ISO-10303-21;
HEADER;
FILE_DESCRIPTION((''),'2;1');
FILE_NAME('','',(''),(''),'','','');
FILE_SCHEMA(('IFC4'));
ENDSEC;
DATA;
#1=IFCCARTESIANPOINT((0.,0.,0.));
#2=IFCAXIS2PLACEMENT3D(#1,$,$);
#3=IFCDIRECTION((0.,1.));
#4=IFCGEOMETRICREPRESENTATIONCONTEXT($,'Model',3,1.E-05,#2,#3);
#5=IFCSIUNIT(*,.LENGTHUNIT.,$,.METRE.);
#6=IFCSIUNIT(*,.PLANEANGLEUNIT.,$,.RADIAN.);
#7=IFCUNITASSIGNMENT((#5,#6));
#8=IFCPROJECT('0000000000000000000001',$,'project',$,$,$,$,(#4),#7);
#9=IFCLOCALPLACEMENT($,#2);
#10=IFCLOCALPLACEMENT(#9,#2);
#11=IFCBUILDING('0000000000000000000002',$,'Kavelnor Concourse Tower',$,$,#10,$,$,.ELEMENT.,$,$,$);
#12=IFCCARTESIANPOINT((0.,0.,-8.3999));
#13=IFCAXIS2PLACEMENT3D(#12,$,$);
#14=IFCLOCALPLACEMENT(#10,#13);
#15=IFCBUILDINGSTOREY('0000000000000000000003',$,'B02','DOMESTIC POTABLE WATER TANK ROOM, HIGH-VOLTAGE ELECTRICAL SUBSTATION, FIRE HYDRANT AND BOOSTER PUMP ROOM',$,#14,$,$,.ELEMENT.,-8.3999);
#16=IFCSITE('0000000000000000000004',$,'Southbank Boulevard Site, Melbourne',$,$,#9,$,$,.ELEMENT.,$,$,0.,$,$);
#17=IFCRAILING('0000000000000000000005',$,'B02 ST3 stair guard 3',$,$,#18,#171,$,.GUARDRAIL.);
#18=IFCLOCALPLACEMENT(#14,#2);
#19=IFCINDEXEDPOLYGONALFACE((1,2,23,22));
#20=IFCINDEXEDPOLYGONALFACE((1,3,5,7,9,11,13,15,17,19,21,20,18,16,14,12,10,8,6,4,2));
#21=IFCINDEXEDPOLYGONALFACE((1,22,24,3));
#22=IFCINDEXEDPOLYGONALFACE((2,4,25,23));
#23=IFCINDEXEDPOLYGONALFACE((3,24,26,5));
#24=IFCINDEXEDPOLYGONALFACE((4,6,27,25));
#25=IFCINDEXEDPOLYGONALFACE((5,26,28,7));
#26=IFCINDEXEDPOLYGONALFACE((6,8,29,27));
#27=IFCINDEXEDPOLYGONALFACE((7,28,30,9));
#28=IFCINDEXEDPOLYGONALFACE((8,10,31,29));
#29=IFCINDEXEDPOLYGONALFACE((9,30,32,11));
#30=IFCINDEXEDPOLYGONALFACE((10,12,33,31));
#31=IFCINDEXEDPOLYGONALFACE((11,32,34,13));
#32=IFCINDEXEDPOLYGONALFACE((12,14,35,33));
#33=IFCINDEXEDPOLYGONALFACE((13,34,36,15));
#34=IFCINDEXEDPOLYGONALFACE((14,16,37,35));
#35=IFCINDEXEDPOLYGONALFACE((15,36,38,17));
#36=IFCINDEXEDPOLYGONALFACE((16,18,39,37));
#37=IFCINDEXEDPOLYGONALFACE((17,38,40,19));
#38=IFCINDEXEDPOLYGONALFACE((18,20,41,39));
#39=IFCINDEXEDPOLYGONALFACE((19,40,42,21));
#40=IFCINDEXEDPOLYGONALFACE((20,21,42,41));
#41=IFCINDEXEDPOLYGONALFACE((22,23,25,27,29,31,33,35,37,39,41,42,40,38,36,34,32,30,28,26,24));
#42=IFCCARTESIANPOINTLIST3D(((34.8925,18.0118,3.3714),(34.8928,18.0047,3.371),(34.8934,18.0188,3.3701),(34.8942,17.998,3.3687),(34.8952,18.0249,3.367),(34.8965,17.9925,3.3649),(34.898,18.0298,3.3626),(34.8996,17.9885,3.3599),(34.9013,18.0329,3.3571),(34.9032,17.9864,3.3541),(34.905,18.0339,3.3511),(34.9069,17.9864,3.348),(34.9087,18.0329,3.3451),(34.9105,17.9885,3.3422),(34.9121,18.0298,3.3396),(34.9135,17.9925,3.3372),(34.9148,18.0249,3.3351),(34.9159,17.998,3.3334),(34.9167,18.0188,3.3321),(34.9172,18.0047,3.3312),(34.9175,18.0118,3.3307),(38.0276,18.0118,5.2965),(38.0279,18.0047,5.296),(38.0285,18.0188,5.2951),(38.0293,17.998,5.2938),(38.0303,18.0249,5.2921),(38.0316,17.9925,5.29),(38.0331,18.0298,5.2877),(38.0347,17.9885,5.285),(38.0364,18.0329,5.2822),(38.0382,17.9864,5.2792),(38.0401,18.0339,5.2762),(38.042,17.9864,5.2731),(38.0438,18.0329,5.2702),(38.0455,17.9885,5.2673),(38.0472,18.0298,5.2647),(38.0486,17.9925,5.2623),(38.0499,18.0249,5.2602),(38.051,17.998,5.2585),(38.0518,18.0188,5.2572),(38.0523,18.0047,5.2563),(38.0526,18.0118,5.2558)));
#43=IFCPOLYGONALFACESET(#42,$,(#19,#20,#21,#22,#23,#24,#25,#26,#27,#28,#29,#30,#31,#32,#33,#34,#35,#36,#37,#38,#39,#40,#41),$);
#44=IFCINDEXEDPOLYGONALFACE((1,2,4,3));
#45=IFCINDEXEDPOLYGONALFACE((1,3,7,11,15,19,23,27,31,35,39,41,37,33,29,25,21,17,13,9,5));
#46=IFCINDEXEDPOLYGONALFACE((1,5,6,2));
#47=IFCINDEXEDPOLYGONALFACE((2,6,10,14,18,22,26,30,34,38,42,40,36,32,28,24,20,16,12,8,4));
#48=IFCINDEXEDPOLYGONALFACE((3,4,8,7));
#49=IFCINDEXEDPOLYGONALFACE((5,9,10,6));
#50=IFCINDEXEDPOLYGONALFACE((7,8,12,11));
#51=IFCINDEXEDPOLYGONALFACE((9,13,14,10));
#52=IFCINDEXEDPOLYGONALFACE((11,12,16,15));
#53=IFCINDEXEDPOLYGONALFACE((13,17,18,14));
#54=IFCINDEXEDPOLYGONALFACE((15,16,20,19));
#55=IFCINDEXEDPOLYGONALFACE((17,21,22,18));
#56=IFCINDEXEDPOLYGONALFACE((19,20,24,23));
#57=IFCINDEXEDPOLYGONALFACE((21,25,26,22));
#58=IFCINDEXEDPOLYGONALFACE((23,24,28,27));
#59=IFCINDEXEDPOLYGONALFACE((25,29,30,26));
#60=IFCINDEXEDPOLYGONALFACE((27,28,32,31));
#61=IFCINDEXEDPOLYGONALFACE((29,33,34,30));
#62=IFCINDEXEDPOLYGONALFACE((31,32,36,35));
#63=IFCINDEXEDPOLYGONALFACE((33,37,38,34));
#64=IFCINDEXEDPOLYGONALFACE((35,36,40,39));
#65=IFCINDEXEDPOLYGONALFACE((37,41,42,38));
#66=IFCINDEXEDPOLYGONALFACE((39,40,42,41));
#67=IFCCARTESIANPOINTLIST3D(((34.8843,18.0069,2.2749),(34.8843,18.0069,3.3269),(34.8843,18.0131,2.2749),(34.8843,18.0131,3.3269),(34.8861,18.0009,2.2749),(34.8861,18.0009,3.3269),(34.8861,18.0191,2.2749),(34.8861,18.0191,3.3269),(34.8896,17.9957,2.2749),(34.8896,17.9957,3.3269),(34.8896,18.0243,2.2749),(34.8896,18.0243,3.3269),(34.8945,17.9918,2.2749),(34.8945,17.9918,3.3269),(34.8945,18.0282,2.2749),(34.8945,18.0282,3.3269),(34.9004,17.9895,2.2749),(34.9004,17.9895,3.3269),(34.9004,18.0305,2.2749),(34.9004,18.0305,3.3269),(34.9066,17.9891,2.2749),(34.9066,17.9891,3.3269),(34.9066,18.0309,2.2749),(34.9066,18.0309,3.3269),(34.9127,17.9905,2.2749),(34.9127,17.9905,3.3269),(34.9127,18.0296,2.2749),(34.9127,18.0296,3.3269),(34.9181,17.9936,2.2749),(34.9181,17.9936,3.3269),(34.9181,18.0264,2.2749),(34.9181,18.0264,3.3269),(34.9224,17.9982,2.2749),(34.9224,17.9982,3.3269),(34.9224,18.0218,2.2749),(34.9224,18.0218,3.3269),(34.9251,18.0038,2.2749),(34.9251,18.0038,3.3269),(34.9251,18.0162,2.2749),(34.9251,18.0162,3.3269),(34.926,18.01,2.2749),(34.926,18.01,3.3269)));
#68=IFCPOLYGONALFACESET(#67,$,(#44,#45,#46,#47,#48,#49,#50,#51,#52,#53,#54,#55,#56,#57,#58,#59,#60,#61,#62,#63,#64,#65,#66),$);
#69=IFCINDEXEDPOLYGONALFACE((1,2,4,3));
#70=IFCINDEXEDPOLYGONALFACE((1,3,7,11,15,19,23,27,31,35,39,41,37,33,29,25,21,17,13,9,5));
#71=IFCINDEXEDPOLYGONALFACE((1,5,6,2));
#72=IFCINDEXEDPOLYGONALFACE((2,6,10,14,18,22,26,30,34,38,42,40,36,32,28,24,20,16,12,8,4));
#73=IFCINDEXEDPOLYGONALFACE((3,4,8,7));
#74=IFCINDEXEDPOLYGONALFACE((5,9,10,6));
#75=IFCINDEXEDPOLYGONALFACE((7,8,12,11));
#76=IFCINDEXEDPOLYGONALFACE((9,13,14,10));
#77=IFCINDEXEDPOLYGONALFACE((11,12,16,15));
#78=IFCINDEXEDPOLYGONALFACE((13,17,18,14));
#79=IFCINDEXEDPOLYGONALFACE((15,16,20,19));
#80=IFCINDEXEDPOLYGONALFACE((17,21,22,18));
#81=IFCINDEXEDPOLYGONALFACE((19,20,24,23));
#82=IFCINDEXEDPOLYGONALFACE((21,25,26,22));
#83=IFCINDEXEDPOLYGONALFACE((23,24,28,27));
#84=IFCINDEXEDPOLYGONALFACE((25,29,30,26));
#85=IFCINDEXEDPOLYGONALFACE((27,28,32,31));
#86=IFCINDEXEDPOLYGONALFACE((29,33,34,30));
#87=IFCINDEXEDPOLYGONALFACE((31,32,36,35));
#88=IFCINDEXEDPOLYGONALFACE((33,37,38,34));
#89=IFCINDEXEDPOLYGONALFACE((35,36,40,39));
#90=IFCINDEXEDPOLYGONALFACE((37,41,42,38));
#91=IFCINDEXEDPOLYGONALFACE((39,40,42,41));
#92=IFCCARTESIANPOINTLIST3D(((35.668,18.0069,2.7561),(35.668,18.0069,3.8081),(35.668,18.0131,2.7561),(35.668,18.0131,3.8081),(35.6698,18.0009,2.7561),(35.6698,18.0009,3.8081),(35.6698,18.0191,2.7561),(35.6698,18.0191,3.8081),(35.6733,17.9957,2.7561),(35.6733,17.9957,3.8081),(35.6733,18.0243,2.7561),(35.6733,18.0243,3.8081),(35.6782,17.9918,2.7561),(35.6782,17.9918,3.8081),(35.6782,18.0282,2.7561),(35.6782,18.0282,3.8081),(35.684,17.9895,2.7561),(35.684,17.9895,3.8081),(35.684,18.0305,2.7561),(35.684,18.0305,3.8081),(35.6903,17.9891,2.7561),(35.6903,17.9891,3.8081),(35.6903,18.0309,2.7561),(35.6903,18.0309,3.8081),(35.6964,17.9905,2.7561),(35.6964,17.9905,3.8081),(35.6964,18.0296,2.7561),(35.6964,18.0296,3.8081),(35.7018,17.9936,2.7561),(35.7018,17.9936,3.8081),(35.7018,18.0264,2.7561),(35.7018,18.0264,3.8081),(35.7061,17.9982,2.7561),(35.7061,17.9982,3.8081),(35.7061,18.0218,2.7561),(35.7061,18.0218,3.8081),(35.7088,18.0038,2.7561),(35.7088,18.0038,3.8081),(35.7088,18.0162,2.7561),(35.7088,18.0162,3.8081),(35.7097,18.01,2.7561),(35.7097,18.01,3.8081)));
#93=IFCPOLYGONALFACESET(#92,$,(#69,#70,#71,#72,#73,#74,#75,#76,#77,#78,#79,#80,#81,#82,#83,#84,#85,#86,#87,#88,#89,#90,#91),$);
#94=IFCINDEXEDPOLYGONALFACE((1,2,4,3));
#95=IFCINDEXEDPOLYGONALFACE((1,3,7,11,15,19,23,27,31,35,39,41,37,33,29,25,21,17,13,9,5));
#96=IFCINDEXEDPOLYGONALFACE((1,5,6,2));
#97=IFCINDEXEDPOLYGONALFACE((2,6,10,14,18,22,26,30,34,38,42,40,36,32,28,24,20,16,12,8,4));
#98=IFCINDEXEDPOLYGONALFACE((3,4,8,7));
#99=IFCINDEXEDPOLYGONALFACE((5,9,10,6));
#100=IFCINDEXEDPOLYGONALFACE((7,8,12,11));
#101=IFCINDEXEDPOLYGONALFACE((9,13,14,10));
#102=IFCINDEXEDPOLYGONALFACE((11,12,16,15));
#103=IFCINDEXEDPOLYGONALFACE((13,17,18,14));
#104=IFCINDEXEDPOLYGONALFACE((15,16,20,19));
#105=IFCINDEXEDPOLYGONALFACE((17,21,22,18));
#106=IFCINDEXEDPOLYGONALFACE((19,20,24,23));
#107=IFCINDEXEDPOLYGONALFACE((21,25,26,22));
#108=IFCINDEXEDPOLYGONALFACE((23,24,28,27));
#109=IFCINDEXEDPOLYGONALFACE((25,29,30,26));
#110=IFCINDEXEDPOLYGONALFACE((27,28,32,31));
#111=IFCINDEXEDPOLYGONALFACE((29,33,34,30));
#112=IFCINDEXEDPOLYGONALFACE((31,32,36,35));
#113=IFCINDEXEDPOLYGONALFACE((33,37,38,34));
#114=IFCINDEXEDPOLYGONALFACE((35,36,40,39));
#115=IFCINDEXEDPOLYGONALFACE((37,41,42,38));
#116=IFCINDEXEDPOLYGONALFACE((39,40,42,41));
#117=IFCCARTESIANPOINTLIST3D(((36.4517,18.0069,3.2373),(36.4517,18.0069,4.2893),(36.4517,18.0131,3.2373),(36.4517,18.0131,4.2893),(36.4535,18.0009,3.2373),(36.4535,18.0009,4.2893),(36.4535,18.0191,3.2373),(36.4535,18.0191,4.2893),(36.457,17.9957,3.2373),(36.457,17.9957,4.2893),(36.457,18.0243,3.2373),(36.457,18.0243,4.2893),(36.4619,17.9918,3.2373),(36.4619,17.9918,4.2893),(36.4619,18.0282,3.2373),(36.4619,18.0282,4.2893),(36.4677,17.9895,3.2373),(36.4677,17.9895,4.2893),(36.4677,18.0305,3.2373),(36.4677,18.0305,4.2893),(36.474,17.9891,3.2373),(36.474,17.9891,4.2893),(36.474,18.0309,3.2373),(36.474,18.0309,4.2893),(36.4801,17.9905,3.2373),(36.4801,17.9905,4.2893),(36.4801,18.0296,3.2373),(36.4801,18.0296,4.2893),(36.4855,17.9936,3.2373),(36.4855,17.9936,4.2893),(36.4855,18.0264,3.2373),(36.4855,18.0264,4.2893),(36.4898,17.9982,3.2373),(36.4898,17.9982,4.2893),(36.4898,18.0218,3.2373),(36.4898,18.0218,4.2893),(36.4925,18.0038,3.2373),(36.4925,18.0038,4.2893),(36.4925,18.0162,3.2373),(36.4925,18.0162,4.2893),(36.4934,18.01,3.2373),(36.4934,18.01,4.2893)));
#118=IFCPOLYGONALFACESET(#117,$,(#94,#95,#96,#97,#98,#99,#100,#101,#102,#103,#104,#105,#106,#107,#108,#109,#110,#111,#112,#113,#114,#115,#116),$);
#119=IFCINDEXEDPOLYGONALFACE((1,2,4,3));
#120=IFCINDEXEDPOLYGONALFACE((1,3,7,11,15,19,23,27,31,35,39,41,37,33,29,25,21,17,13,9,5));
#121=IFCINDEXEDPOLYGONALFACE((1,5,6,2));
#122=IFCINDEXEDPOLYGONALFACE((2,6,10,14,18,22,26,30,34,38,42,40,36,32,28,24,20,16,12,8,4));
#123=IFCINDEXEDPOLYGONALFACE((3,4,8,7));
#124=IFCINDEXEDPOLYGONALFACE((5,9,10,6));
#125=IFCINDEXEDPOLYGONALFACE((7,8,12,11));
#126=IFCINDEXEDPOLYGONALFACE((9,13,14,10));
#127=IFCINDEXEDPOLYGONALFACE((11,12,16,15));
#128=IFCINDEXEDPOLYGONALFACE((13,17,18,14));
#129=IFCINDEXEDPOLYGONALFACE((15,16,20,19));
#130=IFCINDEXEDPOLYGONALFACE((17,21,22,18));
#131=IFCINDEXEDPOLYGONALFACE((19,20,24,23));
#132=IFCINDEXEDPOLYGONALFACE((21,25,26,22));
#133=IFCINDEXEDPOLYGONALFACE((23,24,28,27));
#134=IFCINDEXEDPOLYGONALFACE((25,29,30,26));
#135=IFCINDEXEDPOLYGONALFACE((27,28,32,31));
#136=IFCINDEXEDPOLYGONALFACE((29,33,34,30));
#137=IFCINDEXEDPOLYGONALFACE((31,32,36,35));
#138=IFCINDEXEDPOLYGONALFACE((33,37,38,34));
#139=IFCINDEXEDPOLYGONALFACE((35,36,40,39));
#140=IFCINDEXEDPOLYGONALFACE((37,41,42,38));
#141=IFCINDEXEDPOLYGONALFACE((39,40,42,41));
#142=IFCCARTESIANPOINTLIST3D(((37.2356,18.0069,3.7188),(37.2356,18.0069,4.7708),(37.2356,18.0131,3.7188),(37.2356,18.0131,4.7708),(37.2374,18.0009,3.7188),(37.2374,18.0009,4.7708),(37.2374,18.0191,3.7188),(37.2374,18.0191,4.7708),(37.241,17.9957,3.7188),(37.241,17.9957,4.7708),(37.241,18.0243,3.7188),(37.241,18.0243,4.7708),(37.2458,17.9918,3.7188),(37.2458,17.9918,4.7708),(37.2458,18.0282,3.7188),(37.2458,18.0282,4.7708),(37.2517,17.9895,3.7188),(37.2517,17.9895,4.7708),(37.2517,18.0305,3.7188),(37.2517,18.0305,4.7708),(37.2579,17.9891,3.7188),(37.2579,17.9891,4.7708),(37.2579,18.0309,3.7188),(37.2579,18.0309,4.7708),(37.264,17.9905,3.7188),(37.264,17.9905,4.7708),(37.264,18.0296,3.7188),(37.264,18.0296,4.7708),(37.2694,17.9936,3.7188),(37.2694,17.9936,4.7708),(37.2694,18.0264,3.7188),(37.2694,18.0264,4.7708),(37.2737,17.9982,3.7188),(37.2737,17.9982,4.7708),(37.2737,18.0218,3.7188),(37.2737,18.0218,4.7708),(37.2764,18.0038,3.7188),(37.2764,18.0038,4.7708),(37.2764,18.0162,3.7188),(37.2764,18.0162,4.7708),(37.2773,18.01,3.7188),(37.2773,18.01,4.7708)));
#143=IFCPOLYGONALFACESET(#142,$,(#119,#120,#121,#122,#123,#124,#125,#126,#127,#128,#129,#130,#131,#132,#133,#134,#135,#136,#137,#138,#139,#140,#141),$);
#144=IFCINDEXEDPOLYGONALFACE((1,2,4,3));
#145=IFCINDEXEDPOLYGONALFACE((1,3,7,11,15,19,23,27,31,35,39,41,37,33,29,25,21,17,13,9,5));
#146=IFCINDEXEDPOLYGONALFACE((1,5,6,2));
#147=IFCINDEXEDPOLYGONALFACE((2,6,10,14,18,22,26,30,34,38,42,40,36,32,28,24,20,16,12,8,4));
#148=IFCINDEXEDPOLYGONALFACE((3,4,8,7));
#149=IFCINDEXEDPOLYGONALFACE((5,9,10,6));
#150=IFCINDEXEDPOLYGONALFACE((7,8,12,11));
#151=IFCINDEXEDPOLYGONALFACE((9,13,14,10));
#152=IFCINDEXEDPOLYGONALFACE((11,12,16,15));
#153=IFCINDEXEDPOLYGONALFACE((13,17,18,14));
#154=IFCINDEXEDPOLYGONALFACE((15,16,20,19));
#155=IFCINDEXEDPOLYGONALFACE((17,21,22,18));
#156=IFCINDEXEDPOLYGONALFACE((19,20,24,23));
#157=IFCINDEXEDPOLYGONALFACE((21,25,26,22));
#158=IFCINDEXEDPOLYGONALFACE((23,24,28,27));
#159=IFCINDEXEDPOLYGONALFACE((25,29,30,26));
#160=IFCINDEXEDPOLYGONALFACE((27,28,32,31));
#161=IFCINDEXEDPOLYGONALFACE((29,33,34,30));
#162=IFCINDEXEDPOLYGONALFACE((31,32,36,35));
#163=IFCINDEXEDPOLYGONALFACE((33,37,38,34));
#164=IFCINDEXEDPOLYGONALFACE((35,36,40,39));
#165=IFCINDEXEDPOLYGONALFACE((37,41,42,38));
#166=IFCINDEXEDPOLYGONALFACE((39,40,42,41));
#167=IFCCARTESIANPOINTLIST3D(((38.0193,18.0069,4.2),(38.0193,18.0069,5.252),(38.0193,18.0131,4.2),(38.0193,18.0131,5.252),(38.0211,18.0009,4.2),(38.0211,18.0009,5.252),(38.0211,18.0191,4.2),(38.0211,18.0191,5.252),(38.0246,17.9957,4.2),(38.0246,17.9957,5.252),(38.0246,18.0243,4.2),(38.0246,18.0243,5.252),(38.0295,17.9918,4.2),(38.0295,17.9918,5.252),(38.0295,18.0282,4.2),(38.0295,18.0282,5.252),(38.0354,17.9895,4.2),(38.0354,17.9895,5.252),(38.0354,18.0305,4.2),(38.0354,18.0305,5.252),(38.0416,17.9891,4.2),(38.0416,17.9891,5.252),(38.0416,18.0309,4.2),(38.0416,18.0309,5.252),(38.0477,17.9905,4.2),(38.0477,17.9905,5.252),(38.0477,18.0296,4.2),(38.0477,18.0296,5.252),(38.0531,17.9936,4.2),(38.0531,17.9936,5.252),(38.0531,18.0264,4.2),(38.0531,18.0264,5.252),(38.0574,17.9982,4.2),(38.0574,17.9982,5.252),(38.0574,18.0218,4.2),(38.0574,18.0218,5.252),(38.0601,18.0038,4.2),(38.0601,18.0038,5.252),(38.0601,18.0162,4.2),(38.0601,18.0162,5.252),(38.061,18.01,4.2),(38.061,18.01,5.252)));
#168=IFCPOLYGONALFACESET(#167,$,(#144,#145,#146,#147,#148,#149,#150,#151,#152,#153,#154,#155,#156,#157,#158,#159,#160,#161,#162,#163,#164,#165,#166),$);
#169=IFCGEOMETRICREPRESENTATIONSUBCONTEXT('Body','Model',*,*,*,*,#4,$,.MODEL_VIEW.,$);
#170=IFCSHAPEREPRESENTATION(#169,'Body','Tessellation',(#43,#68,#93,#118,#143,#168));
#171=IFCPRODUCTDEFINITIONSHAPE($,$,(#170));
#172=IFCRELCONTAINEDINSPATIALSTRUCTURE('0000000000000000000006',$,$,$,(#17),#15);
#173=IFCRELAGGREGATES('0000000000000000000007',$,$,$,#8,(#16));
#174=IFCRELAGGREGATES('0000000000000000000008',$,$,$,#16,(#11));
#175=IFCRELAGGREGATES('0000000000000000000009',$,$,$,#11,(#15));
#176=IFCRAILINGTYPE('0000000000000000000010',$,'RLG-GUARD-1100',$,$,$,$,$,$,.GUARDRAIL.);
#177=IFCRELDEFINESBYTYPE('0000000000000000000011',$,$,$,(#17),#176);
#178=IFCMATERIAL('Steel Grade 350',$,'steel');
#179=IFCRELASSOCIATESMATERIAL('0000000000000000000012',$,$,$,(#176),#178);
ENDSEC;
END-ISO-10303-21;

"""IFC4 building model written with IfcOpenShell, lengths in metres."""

from ifc_helpers import new_model, si_unit, direction, frame, origin, origin_2d, place, context, subcontext, project, spatial, circle, extrude, material, type_object, element, save


model = new_model("IFC4")

# Units and contexts
model_context = context("Model", 3, precision=1e-05, world=origin(), true_north=direction((0.0, 1.0)))
body_context = subcontext(model_context, "Body", "Model", "MODEL_VIEW")
ifc_project = project(units=[si_unit("LENGTHUNIT", "METRE"), si_unit("PLANEANGLEUNIT", "RADIAN")], contexts=[model_context])

# Site, building, storey
site_placement = place(None, origin())
site = spatial("IfcSite", under=ifc_project, at=site_placement, Name="Southbank Boulevard Site, Melbourne", CompositionType="ELEMENT", RefElevation=0.0)
building_placement = place(site_placement, origin())
building = spatial("IfcBuilding", under=site, at=building_placement, Name="Kavelnor Concourse Tower", CompositionType="ELEMENT")
storey_placement = place(building_placement, frame((0.0, 0.0, -8.3999)))
storey = spatial("IfcBuildingStorey", under=building, at=storey_placement, Name="B02", Description="DOMESTIC POTABLE WATER TANK ROOM, HIGH-VOLTAGE ELECTRICAL SUBSTATION, FIRE HYDRANT AND BOOSTER PUMP ROOM", CompositionType="ELEMENT", Elevation=-8.3999)

# Shared definitions
ifc_material_1 = material(Name="Steel Grade 350", Category="steel")

# Railing
railing_type_1 = type_object("IfcRailingType", Name="RLG-GUARD-1100", PredefinedType="GUARDRAIL", material=ifc_material_1)
railing_1_placement = place(storey_placement, frame((34.905, 18.01, 2.2749)))
element("IfcRailing", 1, at=railing_1_placement, inside=storey, type_object=railing_type_1, Name="B02 ST3 stair guard 3", PredefinedType="GUARDRAIL", context=body_context, shape_type="SweptSolid", body=[
    extrude(circle(Radius=0.0239, at=origin_2d()), frame((0.0, 0.0, 1.0762), z_axis=(0.852166, 0.0, 0.523271), x_axis=(0.0, 1.0, 0.0)), (0.0, 0.0, 1.0), 3.679),
    extrude(circle(Radius=0.021, at=origin_2d()), origin(), (0.0, 0.0, 1.0), 1.052),
    extrude(circle(Radius=0.021, at=origin_2d()), frame((0.7837, 0.0, 0.4812)), (0.0, 0.0, 1.0), 1.052),
    extrude(circle(Radius=0.021, at=origin_2d()), frame((1.5674, 0.0, 0.9624)), (0.0, 0.0, 1.0), 1.052),
    extrude(circle(Radius=0.021, at=origin_2d()), frame((2.3513, 0.0, 1.4438)), (0.0, 0.0, 1.0), 1.052),
    extrude(circle(Radius=0.021, at=origin_2d()), frame((3.135, 0.0, 1.925)), (0.0, 0.0, 1.0), 1.052),
])

save(model, "model.ifc")
